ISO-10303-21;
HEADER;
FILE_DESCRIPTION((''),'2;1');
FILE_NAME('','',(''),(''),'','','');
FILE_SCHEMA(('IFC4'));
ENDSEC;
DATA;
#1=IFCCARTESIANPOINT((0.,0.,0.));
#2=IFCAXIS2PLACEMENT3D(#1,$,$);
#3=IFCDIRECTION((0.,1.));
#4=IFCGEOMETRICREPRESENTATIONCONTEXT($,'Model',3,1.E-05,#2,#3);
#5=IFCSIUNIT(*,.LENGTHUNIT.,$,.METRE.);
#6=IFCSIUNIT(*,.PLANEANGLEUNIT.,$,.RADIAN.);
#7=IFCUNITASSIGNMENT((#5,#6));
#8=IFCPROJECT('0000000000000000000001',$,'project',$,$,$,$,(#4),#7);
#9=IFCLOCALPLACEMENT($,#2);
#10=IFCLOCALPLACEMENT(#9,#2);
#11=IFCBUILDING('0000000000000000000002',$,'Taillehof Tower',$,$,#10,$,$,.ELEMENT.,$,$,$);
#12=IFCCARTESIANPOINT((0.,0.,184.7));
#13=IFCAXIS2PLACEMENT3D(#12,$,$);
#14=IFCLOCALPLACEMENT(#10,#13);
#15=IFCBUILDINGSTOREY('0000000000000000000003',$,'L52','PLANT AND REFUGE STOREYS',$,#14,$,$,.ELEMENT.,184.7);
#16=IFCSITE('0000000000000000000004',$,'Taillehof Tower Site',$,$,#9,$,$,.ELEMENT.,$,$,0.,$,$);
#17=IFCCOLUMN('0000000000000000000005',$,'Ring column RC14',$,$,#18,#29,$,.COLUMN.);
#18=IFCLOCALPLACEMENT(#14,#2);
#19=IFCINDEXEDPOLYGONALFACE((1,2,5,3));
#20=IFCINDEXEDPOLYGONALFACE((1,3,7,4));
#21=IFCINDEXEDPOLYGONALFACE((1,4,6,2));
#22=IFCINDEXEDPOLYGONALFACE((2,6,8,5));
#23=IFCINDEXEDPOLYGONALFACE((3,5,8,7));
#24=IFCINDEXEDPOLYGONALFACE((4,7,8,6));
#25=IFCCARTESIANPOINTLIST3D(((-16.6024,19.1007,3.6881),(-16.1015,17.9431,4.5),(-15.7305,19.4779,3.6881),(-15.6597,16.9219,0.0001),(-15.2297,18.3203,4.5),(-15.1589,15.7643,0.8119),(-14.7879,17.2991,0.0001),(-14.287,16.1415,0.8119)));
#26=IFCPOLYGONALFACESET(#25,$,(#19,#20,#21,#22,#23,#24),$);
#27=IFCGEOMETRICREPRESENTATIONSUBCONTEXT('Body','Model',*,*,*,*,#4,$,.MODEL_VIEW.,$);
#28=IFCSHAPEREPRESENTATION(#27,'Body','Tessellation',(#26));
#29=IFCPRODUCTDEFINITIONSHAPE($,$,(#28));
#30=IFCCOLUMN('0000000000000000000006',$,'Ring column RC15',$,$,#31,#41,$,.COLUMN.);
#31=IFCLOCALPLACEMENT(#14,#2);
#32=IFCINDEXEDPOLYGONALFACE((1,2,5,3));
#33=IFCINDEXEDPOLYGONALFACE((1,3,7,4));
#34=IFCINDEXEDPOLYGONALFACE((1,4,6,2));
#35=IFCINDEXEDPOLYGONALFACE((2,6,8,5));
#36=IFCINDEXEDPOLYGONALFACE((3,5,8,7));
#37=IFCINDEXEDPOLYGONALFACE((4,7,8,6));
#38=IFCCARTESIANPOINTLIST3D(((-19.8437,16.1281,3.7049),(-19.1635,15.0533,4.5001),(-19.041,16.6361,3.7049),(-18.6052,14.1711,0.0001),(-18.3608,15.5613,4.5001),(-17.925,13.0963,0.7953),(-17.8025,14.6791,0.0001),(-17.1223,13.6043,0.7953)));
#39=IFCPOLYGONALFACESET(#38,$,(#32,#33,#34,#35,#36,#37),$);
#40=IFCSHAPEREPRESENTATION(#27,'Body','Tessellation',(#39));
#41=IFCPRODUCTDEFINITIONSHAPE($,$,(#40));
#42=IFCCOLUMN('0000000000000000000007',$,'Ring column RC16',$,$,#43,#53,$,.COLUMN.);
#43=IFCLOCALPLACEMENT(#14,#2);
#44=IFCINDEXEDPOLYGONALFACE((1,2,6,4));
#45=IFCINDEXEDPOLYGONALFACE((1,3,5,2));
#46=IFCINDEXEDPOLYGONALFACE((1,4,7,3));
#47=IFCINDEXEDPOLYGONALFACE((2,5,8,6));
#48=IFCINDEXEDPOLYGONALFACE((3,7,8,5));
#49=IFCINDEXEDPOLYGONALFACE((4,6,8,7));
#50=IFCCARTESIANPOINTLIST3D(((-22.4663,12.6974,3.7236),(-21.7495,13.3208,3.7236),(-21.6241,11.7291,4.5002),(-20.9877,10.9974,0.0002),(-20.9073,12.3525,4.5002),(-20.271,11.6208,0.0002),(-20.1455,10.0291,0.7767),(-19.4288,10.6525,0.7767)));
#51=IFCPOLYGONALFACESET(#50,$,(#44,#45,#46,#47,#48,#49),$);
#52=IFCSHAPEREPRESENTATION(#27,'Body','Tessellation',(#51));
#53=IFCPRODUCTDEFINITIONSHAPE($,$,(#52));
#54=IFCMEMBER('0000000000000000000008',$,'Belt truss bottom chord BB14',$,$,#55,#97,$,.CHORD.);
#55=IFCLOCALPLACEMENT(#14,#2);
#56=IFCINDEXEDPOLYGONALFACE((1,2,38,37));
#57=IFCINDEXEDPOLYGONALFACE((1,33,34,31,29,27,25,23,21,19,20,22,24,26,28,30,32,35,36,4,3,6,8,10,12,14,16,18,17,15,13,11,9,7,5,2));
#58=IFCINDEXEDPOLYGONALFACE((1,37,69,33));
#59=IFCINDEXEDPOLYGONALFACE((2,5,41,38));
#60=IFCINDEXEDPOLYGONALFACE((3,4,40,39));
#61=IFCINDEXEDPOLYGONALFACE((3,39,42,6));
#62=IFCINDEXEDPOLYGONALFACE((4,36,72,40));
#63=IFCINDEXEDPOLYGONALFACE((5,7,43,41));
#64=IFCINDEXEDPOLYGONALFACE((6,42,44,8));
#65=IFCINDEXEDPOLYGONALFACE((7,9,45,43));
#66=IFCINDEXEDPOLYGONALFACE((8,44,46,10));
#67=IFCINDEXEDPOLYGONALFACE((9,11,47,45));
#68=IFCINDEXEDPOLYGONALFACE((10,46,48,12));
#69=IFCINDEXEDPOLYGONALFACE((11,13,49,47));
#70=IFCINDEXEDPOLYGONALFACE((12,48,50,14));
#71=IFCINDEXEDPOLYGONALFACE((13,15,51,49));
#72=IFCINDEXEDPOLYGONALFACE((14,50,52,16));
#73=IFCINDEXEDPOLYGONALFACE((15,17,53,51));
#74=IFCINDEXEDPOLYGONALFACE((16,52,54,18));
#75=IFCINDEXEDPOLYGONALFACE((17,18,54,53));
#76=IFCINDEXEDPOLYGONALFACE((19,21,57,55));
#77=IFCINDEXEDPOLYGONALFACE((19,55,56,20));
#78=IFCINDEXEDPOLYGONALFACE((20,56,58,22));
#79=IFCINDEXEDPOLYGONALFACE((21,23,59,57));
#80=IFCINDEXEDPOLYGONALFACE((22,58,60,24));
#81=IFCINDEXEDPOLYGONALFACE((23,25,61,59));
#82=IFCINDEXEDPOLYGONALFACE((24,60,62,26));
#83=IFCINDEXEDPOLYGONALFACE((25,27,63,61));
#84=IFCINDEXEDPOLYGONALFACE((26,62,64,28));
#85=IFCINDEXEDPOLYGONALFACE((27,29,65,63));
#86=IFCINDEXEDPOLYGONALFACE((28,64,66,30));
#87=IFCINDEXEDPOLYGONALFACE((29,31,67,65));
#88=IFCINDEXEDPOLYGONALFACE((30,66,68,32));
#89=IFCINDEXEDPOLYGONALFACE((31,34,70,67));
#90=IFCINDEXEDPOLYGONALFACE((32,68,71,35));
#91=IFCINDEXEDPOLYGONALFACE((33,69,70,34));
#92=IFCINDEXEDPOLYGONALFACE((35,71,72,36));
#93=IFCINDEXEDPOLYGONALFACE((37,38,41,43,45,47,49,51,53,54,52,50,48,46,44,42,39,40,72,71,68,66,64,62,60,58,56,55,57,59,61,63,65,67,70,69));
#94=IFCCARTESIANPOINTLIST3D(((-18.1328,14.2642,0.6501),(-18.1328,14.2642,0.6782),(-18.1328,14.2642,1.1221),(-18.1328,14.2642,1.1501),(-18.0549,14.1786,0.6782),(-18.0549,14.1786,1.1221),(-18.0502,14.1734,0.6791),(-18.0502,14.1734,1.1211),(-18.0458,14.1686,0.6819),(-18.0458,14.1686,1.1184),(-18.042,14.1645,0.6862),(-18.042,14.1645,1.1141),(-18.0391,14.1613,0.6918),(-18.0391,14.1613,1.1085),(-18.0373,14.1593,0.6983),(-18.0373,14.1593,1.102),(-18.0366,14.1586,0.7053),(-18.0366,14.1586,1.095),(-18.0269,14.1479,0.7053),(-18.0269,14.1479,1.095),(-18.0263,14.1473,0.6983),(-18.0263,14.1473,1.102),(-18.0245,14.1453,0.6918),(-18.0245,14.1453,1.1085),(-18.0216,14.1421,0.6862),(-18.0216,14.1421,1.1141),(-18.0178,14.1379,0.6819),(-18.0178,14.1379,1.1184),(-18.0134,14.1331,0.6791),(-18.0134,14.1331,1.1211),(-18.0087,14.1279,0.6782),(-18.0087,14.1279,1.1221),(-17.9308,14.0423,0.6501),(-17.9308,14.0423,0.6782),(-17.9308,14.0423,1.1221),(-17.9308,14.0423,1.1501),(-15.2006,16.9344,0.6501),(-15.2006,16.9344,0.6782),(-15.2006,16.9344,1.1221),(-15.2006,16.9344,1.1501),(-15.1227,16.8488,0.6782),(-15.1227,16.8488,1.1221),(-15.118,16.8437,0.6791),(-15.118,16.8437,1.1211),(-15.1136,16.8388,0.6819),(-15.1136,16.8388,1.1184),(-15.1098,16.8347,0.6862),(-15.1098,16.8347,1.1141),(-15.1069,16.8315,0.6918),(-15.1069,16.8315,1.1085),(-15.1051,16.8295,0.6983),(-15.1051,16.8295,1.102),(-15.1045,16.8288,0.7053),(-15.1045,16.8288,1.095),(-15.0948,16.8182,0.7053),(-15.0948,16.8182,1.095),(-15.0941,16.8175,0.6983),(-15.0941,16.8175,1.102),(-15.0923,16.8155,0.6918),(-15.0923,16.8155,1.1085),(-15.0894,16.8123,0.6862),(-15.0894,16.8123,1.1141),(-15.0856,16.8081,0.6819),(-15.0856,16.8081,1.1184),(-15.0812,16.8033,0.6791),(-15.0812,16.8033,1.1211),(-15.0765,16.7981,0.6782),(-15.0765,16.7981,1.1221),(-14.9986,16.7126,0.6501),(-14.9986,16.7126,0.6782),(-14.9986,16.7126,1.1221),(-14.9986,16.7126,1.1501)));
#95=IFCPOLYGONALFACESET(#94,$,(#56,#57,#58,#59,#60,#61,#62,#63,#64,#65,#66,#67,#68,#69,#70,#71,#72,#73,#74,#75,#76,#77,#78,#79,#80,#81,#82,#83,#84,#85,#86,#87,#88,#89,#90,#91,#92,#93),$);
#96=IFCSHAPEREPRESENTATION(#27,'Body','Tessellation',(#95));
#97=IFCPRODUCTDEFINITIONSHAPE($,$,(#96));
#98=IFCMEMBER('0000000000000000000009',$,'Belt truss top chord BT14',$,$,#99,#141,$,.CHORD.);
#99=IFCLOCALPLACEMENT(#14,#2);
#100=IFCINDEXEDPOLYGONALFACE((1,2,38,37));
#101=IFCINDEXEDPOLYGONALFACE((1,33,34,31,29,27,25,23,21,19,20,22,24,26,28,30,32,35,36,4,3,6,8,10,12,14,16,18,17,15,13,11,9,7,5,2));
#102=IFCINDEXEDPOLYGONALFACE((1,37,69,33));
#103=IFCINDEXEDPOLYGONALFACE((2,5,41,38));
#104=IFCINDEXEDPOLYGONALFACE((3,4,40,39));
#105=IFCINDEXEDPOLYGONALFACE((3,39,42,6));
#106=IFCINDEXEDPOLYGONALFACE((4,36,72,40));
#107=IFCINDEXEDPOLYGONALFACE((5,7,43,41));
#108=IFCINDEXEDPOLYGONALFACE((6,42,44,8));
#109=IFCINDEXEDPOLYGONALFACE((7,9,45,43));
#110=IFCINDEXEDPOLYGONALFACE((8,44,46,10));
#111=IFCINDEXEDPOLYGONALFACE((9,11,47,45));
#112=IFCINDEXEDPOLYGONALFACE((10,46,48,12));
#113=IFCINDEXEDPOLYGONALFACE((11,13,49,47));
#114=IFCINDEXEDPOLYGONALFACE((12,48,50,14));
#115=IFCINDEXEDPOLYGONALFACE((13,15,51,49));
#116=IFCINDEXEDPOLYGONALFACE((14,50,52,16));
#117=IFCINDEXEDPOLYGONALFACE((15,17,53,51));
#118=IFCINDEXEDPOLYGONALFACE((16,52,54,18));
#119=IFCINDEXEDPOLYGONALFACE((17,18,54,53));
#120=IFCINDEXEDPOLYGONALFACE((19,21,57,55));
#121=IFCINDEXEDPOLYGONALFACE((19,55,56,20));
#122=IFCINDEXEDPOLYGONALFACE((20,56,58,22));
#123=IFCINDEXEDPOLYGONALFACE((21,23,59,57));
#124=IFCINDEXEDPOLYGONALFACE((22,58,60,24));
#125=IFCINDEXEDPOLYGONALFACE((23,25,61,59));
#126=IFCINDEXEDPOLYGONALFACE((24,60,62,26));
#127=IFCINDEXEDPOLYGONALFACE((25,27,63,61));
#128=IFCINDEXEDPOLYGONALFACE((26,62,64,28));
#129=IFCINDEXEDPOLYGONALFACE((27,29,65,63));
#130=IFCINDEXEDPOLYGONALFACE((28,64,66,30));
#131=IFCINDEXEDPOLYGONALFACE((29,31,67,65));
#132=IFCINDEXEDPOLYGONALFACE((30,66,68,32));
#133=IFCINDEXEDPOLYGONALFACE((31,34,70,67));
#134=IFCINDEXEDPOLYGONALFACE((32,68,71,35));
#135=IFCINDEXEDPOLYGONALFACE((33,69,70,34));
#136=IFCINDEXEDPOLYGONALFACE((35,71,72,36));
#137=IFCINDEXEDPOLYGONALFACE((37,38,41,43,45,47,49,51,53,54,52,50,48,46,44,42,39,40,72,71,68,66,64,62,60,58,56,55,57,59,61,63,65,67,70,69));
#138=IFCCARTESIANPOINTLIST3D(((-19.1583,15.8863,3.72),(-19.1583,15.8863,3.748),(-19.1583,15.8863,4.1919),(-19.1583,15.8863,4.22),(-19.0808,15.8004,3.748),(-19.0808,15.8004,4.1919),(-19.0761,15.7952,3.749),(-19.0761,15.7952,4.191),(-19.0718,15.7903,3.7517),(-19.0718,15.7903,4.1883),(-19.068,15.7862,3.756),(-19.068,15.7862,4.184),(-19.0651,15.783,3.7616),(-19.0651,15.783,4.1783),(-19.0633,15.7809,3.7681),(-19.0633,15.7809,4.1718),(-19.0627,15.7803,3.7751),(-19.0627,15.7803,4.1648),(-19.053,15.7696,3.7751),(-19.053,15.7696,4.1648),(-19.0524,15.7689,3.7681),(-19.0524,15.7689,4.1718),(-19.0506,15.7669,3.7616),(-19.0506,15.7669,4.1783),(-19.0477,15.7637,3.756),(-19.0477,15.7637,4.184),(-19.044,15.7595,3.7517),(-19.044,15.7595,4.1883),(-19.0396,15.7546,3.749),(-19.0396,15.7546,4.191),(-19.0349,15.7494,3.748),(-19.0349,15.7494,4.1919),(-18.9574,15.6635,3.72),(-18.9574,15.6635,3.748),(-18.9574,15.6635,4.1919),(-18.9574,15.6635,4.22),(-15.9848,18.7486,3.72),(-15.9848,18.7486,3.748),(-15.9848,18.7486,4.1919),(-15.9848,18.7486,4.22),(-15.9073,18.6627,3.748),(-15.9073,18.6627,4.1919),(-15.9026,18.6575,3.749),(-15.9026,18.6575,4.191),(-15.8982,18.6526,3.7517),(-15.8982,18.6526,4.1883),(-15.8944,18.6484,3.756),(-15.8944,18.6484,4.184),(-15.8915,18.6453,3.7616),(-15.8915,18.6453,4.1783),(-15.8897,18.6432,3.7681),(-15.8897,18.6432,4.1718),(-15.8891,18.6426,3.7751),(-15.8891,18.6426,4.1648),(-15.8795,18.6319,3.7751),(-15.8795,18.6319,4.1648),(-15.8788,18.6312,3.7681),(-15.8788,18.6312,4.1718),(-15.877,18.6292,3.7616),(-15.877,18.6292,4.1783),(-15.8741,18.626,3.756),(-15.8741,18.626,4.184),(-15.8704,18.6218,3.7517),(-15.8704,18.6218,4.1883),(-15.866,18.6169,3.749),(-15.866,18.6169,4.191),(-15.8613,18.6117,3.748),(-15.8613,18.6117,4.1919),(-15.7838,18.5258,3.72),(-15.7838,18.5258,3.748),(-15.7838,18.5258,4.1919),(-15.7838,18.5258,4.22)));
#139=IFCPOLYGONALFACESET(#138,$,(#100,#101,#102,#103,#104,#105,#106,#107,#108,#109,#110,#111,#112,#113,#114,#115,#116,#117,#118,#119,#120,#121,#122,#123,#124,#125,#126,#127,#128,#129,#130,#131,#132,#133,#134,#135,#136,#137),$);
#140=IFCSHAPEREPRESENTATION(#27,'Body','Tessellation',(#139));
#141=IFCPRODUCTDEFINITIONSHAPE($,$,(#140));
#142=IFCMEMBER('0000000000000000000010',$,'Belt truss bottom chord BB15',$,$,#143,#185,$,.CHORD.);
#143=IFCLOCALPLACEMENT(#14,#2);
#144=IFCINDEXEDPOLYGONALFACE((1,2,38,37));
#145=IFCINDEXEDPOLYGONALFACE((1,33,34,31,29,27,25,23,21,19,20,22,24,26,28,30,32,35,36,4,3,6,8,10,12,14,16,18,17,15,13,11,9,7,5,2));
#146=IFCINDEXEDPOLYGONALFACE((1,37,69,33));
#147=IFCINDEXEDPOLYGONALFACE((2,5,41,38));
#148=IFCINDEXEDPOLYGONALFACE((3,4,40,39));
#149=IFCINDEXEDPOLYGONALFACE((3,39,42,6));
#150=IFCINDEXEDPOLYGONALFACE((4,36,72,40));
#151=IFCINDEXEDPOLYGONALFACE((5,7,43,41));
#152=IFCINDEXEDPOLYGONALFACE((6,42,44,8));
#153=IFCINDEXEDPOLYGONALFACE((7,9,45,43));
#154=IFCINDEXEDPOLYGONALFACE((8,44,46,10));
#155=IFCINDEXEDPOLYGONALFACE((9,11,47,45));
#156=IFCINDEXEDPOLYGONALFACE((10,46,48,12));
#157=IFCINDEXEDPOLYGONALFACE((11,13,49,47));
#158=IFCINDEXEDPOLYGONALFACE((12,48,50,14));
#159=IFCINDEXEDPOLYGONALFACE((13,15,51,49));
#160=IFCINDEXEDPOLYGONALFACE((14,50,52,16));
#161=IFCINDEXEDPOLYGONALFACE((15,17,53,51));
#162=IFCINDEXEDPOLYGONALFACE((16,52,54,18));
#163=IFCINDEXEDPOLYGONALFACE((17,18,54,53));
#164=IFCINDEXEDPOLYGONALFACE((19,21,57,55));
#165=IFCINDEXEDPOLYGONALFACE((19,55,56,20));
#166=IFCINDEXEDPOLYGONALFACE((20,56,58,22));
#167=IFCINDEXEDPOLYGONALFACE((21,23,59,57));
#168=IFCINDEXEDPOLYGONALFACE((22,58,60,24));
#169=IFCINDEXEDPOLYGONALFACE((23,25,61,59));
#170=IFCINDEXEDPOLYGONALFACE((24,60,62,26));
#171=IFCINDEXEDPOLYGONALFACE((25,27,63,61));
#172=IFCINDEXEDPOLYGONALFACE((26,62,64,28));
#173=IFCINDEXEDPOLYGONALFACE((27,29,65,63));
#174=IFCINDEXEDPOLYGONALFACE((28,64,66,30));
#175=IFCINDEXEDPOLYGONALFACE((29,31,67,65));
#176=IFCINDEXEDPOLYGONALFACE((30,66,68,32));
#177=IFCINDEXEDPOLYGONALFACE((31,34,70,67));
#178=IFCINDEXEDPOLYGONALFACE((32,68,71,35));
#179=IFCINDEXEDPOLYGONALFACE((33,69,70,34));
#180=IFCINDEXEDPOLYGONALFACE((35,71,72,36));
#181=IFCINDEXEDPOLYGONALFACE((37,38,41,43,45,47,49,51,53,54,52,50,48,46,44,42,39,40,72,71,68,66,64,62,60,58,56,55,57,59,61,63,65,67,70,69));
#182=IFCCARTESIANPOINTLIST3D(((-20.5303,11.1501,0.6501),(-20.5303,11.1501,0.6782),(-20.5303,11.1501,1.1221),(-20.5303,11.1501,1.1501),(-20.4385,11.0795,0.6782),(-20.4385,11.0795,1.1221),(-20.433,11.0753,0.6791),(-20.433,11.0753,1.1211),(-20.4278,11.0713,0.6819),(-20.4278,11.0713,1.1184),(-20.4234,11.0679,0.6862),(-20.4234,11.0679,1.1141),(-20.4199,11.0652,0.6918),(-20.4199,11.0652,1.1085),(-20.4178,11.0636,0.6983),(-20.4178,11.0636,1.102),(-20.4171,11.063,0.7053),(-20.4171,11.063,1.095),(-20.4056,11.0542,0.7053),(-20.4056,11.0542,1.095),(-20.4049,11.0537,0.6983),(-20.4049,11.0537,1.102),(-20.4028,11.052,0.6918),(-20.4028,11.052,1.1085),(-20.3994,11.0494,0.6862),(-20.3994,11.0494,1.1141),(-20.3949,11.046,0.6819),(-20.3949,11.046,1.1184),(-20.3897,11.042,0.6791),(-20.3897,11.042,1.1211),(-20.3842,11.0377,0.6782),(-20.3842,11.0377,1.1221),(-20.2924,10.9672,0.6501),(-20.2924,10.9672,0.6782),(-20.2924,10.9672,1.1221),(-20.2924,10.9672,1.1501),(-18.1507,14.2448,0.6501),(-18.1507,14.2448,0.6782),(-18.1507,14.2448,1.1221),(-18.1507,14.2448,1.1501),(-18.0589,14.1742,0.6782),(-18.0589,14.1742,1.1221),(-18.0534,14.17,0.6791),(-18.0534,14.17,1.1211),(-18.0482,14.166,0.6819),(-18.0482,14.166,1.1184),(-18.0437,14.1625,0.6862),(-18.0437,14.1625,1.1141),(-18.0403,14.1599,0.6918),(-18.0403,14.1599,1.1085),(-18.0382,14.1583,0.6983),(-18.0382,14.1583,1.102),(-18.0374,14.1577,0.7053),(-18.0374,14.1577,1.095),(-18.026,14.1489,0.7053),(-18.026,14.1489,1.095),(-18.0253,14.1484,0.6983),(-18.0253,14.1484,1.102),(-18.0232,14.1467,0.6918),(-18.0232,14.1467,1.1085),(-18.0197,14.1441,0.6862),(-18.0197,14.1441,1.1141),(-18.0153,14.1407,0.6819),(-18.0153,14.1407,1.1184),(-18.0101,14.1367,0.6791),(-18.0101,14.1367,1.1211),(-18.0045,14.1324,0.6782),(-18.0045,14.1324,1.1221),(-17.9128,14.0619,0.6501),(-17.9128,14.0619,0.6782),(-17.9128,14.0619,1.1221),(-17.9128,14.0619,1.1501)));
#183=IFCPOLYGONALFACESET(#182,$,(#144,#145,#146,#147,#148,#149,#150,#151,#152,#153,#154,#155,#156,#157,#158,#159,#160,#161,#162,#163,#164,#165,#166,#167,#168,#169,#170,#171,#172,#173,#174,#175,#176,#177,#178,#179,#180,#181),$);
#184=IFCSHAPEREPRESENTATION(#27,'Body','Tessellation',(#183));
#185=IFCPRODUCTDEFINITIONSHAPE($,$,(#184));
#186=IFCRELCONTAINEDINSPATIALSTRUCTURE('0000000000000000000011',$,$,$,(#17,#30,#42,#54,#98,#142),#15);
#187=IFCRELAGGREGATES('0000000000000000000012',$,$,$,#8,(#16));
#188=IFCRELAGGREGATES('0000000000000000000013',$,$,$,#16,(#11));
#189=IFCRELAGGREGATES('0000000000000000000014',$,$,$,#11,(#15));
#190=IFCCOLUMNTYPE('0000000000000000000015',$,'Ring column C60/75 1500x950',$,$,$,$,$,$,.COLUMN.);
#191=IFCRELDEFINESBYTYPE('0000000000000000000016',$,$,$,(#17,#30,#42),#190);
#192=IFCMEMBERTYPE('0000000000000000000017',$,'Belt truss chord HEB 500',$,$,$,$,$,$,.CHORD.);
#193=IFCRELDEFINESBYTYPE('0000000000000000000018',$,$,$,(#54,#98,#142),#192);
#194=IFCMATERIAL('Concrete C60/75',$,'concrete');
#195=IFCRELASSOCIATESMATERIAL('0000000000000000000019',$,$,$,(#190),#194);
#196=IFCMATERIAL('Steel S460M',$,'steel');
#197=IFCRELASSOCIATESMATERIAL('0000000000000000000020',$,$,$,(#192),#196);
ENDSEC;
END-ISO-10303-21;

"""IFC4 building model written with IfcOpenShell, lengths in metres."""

from ifc_helpers import new_model, si_unit, direction, frame, origin, origin_2d, place, context, subcontext, project, spatial, rectangle, i_section, extrude, material, material_profile, profile_set, type_object, element, save


model = new_model("IFC4")

# Units and contexts
model_context = context("Model", 3, precision=1e-05, world=origin(), true_north=direction((0.0, 1.0)))
body_context = subcontext(model_context, "Body", "Model", "MODEL_VIEW")
ifc_project = project(units=[si_unit("LENGTHUNIT", "METRE"), si_unit("PLANEANGLEUNIT", "RADIAN")], contexts=[model_context])

# Site, building, storey
site_placement = place(None, origin())
site = spatial("IfcSite", under=ifc_project, at=site_placement, Name="Taillehof Tower Site", CompositionType="ELEMENT", RefElevation=0.0)
building_placement = place(site_placement, origin())
building = spatial("IfcBuilding", under=site, at=building_placement, Name="Taillehof Tower", CompositionType="ELEMENT")
storey_placement = place(building_placement, frame((0.0, 0.0, 184.7)))
storey = spatial("IfcBuildingStorey", under=building, at=storey_placement, Name="L52", Description="PLANT AND REFUGE STOREYS", CompositionType="ELEMENT", Elevation=184.7)

# Columns
ifc_material_1 = material(Name="Concrete C60/75", Category="concrete")
ifc_material_profile_1 = material_profile(ifc_material_1, rectangle(XDim=1.5, YDim=0.95, at=origin_2d()), Name="RC 1500x950")
ifc_profile_set_1 = profile_set([ifc_material_profile_1], Name="Concrete C60/75")
column_type = type_object("IfcColumnType", Name="Ring column C60/75 1500x950", PredefinedType="COLUMN", material=ifc_profile_set_1)
column_1_placement = place(storey_placement, frame((-14.9734, 16.5317, 0.406), z_axis=(-0.21492, 0.496747, 0.840864), x_axis=(0.333892, -0.77173, 0.541247)))
element("IfcColumn", 1, at=column_1_placement, inside=storey, type_object=column_type, Name="Ring column RC14", PredefinedType="COLUMN", context=body_context, shape_type="SweptSolid", body=[
    extrude(rectangle(XDim=1.5, YDim=0.95, at=origin_2d()), origin(), (0.0, 0.0, 1.0), 4.386),
])
column_2_placement = place(storey_placement, frame((-17.8638, 13.8877, 0.3977), z_axis=(-0.283469, 0.447918, 0.847948), x_axis=(0.453454, -0.716516, 0.53008)))
element("IfcColumn", 2, at=column_2_placement, inside=storey, type_object=column_type, Name="Ring column RC15", PredefinedType="COLUMN", context=body_context, shape_type="SweptSolid", body=[
    extrude(rectangle(XDim=1.5, YDim=0.95, at=origin_2d()), origin(), (0.0, 0.0, 1.0), 4.3691),
])
column_3_placement = place(storey_placement, frame((-20.2083, 10.825, 0.3884), z_axis=(-0.339736, 0.390618, 0.855568), x_axis=(0.56147, -0.64556, 0.517691)))
element("IfcColumn", 3, at=column_3_placement, inside=storey, type_object=column_type, Name="Ring column RC16", PredefinedType="COLUMN", context=body_context, shape_type="SweptSolid", body=[
    extrude(rectangle(XDim=1.5, YDim=0.95, at=origin_2d()), origin(), (0.0, 0.0, 1.0), 4.3521),
])

# Members
ifc_material_2 = material(Name="Steel S460M", Category="steel")
ifc_material_profile_2 = material_profile(ifc_material_2, i_section(OverallWidth=0.3, OverallDepth=0.5, WebThickness=0.0144, FlangeThickness=0.0281, FilletRadius=0.0271, at=origin_2d()), Name="HEB 500")
ifc_profile_set_2 = profile_set([ifc_material_profile_2], Name="Steel S460M")
member_type_1 = type_object("IfcMemberType", Name="Belt truss chord HEB 500", PredefinedType="CHORD", material=ifc_profile_set_2)
member_1_placement = place(storey_placement, frame((-15.0996, 16.8235, 0.9001), z_axis=(-0.739363, -0.673307, 0.0), x_axis=(0.673307, -0.739363, 0.0)))
element("IfcMember", 4, at=member_1_placement, inside=storey, type_object=member_type_1, Name="Belt truss bottom chord BB14", PredefinedType="CHORD", context=body_context, shape_type="SweptSolid", body=[
    extrude(i_section(OverallWidth=0.3, OverallDepth=0.5, WebThickness=0.0144, FlangeThickness=0.0281, FilletRadius=0.0271, at=origin_2d()), origin(), (0.0, 0.0, 1.0), 3.9658),
])
member_2_placement = place(storey_placement, frame((-15.8843, 18.6372, 3.97), z_axis=(-0.742586, -0.66975, 0.0), x_axis=(0.66975, -0.742586, 0.0)))
element("IfcMember", 5, at=member_2_placement, inside=storey, type_object=member_type_1, Name="Belt truss top chord BT14", PredefinedType="CHORD", context=body_context, shape_type="SweptSolid", body=[
    extrude(i_section(OverallWidth=0.3, OverallDepth=0.5, WebThickness=0.0144, FlangeThickness=0.0281, FilletRadius=0.0271, at=origin_2d()), origin(), (0.0, 0.0, 1.0), 4.2737),
])
member_3_placement = place(storey_placement, frame((-18.0317, 14.1533, 0.9001), z_axis=(-0.609563, -0.792738, 0.0), x_axis=(0.792738, -0.609563, 0.0)))
element("IfcMember", 6, at=member_3_placement, inside=storey, type_object=member_type_1, Name="Belt truss bottom chord BB15", PredefinedType="CHORD", context=body_context, shape_type="SweptSolid", body=[
    extrude(i_section(OverallWidth=0.3, OverallDepth=0.5, WebThickness=0.0144, FlangeThickness=0.0281, FilletRadius=0.0271, at=origin_2d()), origin(), (0.0, 0.0, 1.0), 3.9038),
])

save(model, "model.ifc")
